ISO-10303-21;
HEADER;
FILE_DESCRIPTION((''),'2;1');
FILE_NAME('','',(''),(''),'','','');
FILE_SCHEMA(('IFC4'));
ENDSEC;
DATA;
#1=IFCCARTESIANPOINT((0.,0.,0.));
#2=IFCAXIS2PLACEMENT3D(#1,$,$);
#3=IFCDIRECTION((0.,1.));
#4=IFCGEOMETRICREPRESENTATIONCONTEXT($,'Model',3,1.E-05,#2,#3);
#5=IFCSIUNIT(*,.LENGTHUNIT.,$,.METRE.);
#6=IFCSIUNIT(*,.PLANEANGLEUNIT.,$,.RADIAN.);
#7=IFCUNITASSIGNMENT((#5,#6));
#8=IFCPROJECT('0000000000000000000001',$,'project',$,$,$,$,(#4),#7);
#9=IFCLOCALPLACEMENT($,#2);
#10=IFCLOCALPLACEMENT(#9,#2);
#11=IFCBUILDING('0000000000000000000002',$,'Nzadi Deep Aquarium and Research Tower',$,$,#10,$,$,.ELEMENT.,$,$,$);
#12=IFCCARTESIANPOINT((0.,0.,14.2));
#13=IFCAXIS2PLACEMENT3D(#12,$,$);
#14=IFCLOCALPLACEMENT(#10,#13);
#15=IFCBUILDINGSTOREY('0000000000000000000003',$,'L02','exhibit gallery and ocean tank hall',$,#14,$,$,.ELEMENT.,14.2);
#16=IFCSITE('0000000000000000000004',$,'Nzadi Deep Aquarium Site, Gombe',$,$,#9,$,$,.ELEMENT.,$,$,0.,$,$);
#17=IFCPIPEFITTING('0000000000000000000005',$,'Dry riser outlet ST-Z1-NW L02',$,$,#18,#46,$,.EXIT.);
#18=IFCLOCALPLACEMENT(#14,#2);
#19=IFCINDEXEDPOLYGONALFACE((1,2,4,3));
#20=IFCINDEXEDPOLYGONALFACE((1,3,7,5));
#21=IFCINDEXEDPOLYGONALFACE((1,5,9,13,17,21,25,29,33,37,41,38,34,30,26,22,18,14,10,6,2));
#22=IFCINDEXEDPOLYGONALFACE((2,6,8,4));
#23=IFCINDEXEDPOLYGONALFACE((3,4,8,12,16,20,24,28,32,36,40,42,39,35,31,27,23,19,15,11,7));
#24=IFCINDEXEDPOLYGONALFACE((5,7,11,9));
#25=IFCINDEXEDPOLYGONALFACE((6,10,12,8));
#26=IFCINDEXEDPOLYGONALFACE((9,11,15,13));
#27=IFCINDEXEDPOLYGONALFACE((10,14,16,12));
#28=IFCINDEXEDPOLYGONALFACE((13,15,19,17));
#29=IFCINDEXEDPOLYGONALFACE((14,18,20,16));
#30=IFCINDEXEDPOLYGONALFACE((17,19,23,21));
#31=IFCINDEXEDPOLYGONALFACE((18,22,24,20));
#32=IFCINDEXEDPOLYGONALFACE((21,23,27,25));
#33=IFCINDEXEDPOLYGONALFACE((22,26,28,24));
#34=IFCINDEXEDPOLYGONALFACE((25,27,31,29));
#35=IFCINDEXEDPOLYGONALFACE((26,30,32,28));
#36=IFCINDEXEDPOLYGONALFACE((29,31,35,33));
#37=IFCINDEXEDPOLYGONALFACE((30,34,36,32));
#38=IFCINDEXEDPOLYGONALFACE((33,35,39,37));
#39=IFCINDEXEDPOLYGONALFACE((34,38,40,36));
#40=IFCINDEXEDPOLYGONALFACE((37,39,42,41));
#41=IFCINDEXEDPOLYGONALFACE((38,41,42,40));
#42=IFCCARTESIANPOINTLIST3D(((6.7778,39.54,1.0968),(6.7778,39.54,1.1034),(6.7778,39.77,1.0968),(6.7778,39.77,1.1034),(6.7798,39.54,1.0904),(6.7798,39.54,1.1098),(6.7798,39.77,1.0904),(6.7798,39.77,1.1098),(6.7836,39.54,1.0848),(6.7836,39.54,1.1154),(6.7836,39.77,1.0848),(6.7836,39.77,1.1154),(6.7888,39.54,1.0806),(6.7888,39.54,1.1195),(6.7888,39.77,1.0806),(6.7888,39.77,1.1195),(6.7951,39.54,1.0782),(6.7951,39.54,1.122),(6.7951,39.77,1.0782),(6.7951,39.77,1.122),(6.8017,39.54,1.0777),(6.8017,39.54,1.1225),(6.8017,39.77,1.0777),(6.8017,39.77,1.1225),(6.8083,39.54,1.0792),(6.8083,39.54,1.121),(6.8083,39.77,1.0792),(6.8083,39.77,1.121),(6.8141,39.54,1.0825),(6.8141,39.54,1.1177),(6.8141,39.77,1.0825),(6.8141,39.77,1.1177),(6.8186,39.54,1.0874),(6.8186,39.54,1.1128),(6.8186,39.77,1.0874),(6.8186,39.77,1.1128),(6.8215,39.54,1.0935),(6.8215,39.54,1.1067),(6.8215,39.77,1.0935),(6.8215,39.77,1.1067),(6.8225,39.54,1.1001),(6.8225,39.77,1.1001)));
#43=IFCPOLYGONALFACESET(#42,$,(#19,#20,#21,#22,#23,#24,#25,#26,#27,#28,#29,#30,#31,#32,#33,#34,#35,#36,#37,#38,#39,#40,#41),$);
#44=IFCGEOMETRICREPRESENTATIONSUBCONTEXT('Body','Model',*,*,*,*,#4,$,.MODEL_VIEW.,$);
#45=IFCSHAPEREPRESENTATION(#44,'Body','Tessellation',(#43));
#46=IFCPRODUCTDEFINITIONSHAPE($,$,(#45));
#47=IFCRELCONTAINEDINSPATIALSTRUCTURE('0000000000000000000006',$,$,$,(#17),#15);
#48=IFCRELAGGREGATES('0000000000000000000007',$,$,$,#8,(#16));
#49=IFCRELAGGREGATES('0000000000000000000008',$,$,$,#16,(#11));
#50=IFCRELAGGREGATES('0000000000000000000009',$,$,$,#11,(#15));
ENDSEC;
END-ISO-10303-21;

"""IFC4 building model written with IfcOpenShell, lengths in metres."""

from ifc_helpers import new_model, si_unit, direction, frame, origin, origin_2d, place, context, subcontext, project, spatial, circle, extrude, element, save


model = new_model("IFC4")

# Units and contexts
model_context = context("Model", 3, precision=1e-05, world=origin(), true_north=direction((0.0, 1.0)))
body_context = subcontext(model_context, "Body", "Model", "MODEL_VIEW")
ifc_project = project(units=[si_unit("LENGTHUNIT", "METRE"), si_unit("PLANEANGLEUNIT", "RADIAN")], contexts=[model_context])

# Site, building, storey
site_placement = place(None, origin())
site = spatial("IfcSite", under=ifc_project, at=site_placement, Name="Nzadi Deep Aquarium Site, Gombe", CompositionType="ELEMENT", RefElevation=0.0)
building_placement = place(site_placement, origin())
building = spatial("IfcBuilding", under=site, at=building_placement, Name="Nzadi Deep Aquarium and Research Tower", CompositionType="ELEMENT")
storey_placement = place(building_placement, frame((0.0, 0.0, 14.2)))
storey = spatial("IfcBuildingStorey", under=building, at=storey_placement, Name="L02", Description="exhibit gallery and ocean tank hall", CompositionType="ELEMENT", Elevation=14.2)

# Pipe fitting
pipe_fitting_placement = place(storey_placement, frame((6.8, 39.77, 1.1001), z_axis=(0.0, -1.0, 0.0), x_axis=(1.0, 0.0, 0.0)))
element("IfcPipeFitting", 1, at=pipe_fitting_placement, inside=storey, Name="Dry riser outlet ST-Z1-NW L02", PredefinedType="EXIT", context=body_context, shape_type="SweptSolid", body=[
    extrude(circle(Radius=0.0225, at=origin_2d()), origin(), (0.0, 0.0, 1.0), 0.23),
])

save(model, "model.ifc")
